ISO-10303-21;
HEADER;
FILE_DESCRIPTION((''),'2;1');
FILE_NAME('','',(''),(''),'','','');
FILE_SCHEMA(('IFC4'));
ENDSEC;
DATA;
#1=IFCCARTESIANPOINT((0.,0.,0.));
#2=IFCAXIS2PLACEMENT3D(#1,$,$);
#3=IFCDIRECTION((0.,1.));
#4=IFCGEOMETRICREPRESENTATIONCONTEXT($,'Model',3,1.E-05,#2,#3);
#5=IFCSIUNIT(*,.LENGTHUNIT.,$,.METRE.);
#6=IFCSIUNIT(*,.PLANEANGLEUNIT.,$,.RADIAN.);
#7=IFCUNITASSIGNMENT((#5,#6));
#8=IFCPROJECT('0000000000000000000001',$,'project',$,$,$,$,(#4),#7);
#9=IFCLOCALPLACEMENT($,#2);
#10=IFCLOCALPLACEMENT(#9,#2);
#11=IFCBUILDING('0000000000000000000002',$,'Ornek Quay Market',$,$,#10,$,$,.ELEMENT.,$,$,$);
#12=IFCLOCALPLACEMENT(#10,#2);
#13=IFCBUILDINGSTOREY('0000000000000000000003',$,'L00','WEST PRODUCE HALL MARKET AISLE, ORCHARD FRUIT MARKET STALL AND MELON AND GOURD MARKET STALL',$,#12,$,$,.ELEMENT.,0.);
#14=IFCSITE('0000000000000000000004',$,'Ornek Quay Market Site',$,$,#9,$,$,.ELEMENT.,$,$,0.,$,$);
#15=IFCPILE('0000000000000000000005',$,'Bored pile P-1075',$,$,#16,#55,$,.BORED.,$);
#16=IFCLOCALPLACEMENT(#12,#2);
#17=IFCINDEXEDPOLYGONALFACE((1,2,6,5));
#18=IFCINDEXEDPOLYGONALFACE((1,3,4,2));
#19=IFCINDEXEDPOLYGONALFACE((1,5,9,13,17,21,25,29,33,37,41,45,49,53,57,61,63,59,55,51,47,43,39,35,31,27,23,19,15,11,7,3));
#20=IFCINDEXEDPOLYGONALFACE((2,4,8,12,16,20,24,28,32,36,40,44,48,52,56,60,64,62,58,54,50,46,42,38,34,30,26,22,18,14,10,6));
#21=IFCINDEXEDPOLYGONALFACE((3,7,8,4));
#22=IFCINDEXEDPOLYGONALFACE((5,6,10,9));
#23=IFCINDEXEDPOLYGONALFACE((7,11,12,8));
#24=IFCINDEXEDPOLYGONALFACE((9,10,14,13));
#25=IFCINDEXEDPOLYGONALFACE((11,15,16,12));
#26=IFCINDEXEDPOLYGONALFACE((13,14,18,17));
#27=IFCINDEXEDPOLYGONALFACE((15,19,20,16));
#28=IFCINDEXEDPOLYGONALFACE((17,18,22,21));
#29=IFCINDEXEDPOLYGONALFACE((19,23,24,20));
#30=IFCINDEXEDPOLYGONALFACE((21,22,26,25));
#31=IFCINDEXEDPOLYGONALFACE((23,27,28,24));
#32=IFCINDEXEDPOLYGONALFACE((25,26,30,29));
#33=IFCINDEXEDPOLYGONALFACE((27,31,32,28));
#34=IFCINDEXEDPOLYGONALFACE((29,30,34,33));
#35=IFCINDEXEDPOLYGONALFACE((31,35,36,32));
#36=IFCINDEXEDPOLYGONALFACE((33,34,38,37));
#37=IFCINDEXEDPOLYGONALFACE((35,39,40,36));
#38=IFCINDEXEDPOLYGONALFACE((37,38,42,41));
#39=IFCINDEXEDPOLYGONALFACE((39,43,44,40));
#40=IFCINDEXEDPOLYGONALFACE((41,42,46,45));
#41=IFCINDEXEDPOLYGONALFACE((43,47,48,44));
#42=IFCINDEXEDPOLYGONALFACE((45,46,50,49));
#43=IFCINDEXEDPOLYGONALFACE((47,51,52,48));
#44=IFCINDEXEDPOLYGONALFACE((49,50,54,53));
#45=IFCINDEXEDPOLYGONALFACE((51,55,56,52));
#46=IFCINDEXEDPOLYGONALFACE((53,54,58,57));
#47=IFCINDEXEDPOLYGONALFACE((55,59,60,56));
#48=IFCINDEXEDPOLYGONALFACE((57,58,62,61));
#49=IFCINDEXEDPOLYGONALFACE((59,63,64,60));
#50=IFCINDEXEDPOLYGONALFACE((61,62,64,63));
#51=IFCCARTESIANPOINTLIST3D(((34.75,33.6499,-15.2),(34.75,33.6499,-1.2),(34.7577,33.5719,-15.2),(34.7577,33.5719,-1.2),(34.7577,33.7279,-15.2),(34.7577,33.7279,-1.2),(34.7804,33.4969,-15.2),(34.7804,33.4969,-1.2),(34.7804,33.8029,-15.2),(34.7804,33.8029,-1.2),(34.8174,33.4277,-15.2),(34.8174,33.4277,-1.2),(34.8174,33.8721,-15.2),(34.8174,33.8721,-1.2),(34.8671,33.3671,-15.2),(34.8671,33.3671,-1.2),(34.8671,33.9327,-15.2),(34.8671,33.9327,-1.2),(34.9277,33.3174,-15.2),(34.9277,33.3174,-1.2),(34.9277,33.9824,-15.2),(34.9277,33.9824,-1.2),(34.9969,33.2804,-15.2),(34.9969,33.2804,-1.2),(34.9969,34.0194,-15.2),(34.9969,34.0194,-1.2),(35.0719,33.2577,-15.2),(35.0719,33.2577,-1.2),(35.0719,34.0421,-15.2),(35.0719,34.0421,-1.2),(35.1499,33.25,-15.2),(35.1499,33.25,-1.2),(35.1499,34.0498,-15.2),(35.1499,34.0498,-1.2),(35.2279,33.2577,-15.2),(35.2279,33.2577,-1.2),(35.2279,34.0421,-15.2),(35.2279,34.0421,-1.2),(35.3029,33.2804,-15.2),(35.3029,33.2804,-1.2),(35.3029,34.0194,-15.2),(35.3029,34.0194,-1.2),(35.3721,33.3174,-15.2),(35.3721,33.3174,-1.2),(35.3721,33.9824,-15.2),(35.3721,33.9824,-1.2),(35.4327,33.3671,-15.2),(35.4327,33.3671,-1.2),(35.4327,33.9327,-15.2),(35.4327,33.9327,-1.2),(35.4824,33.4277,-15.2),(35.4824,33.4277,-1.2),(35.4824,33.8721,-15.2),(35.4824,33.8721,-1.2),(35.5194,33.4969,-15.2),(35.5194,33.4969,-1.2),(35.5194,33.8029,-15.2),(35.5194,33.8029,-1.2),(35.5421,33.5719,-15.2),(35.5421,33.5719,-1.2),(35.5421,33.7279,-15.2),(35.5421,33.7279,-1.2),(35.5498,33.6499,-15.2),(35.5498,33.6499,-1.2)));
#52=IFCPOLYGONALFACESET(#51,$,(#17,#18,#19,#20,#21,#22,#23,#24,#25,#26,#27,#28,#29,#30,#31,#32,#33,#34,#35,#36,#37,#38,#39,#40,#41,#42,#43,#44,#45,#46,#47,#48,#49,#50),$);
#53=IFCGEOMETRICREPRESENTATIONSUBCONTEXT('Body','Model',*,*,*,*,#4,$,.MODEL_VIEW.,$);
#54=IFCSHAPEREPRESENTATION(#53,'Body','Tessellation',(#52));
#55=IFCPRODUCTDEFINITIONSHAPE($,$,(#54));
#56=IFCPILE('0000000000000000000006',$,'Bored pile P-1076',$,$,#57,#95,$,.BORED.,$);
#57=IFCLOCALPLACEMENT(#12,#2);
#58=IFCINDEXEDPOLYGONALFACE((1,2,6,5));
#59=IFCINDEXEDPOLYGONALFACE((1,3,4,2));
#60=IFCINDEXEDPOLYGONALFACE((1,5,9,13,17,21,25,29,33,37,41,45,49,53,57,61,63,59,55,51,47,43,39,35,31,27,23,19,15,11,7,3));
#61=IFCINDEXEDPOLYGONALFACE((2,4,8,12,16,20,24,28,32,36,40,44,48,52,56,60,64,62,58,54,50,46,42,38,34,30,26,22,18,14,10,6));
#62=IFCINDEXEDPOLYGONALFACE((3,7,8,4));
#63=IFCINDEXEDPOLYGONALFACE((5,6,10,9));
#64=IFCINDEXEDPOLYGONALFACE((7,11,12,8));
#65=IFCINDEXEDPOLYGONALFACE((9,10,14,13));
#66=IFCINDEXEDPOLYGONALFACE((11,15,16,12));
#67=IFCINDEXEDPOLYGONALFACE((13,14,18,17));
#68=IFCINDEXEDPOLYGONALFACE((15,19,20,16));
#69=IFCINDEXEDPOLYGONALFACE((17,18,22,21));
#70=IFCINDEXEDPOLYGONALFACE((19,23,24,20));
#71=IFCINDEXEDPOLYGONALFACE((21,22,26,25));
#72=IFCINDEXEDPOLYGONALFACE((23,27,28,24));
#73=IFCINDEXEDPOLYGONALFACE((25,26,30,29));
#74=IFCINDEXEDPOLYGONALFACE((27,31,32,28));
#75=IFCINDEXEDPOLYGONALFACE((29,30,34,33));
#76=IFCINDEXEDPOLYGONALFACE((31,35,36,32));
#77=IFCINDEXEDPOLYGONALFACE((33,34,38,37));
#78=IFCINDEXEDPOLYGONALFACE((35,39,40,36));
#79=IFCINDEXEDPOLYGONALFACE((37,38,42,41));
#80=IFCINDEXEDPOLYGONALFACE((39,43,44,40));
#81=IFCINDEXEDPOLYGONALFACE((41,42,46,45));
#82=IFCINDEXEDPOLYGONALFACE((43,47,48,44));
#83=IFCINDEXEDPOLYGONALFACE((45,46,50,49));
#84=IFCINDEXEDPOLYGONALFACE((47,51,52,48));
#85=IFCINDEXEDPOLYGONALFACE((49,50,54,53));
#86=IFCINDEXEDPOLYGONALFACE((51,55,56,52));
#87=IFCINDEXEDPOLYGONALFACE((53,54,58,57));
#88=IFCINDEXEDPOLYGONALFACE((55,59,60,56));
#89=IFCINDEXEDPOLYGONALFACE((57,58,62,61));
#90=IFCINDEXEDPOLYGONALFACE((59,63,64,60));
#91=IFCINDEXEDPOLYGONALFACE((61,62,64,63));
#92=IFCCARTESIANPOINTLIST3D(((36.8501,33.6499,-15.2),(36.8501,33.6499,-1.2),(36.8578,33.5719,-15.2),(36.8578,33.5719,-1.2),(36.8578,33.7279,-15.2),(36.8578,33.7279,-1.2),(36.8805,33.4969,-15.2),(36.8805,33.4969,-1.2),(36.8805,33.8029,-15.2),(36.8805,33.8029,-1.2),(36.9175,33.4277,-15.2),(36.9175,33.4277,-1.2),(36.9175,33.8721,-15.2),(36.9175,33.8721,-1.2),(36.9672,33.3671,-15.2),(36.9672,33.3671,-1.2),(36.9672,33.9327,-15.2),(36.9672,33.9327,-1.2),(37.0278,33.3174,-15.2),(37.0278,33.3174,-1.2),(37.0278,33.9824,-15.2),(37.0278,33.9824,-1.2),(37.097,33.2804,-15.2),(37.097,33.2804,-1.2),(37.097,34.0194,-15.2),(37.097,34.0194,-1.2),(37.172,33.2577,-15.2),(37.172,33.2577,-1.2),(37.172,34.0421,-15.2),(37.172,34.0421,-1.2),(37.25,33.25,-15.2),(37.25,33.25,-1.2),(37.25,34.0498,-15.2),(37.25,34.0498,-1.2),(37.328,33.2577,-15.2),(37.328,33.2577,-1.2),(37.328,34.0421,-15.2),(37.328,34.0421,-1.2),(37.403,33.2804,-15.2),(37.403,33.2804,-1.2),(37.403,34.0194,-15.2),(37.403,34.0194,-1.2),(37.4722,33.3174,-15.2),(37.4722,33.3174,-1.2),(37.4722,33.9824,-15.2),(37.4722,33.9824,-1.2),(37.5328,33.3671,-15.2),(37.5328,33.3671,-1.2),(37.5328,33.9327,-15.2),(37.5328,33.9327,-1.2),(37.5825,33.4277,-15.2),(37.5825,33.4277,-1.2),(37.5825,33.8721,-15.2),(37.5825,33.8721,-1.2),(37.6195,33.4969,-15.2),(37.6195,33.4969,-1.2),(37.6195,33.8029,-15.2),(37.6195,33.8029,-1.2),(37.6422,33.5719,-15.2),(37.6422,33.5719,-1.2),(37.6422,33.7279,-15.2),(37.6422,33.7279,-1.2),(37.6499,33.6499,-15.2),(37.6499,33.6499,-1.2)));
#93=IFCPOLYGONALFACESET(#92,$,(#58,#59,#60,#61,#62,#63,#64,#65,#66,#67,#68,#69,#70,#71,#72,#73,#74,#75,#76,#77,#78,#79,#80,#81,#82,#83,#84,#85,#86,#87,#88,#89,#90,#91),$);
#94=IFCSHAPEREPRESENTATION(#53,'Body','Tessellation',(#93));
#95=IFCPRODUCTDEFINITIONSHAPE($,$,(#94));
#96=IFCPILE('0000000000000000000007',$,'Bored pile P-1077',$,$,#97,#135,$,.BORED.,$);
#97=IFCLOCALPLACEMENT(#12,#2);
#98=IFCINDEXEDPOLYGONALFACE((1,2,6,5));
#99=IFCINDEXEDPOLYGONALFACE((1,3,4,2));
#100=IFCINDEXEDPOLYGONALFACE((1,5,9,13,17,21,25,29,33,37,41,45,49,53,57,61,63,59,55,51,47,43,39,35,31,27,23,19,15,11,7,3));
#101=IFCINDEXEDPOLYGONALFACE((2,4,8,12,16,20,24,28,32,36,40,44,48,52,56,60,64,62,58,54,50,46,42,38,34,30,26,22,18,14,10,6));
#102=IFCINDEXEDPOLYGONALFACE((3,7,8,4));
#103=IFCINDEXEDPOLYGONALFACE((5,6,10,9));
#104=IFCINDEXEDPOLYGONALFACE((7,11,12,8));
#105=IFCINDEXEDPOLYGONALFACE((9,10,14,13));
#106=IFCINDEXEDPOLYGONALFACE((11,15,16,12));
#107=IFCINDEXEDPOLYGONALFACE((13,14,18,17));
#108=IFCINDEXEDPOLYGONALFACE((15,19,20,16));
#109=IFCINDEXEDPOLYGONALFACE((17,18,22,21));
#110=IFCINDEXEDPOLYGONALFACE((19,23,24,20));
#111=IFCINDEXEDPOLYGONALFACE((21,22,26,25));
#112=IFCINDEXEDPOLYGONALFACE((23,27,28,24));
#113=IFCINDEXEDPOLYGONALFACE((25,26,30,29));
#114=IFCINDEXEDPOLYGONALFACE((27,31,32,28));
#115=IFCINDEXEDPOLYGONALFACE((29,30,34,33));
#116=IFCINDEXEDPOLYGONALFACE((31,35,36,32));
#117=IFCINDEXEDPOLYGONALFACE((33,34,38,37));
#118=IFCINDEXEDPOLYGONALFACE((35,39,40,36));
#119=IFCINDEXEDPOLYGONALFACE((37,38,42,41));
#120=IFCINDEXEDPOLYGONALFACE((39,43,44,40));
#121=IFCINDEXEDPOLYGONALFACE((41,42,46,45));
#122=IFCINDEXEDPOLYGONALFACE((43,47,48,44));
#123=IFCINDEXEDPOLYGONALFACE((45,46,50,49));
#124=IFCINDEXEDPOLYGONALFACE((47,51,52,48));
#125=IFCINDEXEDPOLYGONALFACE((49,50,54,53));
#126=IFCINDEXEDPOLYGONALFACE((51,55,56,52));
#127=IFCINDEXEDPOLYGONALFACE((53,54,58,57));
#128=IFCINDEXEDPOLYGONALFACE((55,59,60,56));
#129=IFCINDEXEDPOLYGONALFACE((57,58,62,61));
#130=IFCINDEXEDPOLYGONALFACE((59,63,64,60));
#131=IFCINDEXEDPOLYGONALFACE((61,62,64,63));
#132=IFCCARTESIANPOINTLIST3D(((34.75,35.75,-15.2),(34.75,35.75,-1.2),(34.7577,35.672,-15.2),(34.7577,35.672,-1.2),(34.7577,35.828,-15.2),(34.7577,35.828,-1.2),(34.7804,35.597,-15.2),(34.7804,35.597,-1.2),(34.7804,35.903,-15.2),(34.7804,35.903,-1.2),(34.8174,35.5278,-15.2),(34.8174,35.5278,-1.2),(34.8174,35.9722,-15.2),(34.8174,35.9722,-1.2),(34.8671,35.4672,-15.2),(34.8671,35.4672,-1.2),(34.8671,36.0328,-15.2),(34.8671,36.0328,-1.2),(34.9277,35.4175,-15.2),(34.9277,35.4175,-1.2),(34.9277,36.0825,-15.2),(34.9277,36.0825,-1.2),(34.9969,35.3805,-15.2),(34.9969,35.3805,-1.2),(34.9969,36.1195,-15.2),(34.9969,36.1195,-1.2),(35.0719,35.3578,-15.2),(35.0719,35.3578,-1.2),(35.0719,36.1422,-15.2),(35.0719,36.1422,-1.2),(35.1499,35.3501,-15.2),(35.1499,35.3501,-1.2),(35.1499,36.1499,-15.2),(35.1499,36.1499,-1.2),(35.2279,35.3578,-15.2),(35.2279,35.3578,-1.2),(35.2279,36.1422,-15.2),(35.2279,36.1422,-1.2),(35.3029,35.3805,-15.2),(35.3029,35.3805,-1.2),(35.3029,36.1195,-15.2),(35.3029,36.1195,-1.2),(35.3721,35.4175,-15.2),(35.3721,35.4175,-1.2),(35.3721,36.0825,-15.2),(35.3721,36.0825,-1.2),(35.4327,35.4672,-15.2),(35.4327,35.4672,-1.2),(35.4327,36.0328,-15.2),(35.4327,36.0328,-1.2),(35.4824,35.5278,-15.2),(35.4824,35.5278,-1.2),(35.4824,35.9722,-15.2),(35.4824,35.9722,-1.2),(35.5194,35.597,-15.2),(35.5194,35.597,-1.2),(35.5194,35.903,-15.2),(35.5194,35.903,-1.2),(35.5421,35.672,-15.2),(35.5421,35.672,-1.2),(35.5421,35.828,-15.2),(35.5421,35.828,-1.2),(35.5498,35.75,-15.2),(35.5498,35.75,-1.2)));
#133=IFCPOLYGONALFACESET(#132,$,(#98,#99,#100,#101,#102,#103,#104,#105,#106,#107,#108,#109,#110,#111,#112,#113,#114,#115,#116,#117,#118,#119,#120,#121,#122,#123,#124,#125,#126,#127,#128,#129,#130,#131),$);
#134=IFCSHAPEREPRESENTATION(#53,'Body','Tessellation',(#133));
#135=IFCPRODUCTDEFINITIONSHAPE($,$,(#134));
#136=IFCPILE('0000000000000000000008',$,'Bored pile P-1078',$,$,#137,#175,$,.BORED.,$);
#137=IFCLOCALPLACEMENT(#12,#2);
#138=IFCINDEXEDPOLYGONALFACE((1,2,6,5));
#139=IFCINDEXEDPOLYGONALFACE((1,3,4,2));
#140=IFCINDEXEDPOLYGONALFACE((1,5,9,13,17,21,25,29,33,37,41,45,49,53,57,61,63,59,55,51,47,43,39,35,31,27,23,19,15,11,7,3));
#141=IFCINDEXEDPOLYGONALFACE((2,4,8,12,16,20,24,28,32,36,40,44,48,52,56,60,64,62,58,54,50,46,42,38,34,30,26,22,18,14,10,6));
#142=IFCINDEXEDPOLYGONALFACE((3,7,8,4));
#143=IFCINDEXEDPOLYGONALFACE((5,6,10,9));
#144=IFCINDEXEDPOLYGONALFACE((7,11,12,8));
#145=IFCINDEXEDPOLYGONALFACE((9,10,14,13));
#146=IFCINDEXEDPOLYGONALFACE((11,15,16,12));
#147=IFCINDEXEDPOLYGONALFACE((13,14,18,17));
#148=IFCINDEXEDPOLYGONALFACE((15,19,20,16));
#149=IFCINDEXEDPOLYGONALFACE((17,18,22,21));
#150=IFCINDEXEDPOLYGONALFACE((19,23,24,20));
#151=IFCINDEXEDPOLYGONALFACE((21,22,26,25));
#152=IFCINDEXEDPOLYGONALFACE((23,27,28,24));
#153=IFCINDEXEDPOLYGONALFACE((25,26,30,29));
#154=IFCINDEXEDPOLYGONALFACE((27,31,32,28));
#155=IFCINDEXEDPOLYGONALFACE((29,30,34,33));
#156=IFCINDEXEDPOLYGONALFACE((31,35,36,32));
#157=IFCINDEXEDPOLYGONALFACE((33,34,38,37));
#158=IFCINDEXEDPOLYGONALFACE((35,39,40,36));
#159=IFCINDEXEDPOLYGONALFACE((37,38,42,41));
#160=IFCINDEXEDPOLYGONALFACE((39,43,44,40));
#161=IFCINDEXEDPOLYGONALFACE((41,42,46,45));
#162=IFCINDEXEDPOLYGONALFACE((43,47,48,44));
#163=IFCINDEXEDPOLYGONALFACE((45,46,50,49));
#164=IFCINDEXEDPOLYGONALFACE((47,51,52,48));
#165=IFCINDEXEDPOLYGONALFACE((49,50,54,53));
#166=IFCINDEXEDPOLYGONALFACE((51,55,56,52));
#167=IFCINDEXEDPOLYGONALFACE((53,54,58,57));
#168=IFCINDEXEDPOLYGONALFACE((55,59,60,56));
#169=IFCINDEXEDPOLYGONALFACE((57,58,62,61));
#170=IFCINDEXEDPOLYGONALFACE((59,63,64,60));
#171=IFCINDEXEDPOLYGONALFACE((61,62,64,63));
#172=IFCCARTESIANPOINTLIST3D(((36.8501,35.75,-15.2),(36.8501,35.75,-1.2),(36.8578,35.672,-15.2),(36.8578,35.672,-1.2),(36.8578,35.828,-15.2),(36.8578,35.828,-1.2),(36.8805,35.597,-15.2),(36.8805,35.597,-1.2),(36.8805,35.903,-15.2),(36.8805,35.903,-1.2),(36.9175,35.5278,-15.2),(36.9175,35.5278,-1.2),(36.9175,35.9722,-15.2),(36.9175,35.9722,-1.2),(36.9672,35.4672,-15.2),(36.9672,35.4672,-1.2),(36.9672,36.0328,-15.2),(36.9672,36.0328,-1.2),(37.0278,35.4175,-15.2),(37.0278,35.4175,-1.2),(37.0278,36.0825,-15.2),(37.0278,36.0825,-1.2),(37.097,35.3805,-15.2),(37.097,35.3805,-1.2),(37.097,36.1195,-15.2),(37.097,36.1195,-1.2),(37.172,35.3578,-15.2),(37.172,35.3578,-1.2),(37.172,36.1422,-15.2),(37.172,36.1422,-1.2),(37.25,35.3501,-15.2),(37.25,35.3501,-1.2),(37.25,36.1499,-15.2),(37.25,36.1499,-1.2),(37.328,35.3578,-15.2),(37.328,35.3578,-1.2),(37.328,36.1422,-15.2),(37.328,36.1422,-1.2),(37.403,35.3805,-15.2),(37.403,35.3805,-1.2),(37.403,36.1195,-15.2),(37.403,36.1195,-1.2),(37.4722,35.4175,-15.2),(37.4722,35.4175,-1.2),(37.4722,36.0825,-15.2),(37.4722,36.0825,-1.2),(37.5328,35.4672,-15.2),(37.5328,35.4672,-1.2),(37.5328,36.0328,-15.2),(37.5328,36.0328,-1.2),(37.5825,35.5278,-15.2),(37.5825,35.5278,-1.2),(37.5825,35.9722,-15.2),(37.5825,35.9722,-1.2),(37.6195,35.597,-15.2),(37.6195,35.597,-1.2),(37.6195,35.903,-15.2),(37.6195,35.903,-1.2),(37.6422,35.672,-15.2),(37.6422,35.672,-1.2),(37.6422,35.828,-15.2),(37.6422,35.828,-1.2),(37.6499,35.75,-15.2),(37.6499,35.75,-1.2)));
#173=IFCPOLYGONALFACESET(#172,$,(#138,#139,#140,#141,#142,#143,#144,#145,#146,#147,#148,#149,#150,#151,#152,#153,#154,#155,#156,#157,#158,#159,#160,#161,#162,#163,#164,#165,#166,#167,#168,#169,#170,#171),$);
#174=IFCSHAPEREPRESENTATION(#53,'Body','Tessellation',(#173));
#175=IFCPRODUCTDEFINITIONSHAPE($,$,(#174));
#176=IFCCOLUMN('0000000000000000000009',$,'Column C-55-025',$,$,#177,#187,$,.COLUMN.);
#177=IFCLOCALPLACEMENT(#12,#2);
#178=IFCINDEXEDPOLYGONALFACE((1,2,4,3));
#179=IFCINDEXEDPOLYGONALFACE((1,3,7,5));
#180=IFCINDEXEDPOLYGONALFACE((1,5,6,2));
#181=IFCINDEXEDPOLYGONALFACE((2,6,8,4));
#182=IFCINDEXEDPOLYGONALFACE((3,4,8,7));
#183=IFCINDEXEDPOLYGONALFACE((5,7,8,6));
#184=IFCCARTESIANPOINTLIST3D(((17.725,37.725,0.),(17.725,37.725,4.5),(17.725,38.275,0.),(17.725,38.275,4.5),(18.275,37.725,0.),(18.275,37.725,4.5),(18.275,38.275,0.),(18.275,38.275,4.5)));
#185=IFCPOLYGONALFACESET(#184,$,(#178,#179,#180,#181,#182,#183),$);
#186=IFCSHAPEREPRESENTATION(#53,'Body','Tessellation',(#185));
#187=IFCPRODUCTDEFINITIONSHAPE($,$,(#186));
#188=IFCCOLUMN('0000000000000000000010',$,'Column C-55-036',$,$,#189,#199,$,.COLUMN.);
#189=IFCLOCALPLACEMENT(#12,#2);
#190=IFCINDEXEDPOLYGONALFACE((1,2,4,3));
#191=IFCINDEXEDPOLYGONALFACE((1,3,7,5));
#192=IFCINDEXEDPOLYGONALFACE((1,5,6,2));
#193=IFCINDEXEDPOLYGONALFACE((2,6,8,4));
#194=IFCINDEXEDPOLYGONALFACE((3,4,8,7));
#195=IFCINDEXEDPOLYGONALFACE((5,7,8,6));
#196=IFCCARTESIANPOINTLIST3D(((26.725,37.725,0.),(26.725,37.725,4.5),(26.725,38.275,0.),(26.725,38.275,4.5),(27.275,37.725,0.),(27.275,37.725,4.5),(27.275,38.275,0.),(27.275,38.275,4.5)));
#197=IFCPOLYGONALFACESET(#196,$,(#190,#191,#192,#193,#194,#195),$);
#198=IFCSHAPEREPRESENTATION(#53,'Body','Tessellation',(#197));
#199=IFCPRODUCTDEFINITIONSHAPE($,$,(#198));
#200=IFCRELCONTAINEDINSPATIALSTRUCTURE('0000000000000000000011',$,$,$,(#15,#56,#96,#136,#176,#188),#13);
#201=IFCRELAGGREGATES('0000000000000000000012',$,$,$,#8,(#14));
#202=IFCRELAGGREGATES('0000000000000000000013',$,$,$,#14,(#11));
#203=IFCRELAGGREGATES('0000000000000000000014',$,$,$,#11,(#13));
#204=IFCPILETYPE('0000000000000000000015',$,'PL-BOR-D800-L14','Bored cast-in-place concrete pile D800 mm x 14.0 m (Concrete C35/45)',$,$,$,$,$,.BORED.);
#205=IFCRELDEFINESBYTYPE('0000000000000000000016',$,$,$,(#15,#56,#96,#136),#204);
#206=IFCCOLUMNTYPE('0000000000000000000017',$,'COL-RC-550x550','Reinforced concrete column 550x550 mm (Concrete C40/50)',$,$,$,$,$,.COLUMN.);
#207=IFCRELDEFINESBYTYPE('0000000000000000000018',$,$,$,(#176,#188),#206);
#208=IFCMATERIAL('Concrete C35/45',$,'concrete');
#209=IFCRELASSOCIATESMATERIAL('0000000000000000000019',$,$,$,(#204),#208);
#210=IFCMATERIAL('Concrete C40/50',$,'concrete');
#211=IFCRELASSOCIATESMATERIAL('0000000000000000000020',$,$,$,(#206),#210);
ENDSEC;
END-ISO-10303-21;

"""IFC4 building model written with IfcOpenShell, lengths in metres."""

from ifc_helpers import new_model, si_unit, direction, frame, origin, origin_2d, place, context, subcontext, project, spatial, rectangle, circle, extrude, material, material_profile, profile_set, type_object, element, save


model = new_model("IFC4")

# Units and contexts
model_context = context("Model", 3, precision=1e-05, world=origin(), true_north=direction((0.0, 1.0)))
body_context = subcontext(model_context, "Body", "Model", "MODEL_VIEW")
ifc_project = project(units=[si_unit("LENGTHUNIT", "METRE"), si_unit("PLANEANGLEUNIT", "RADIAN")], contexts=[model_context])

# Site, building, storey
site_placement = place(None, origin())
site = spatial("IfcSite", under=ifc_project, at=site_placement, Name="Ornek Quay Market Site", CompositionType="ELEMENT", RefElevation=0.0)
building_placement = place(site_placement, origin())
building = spatial("IfcBuilding", under=site, at=building_placement, Name="Ornek Quay Market", CompositionType="ELEMENT")
storey_placement = place(building_placement, origin())
storey = spatial("IfcBuildingStorey", under=building, at=storey_placement, Name="L00", Description="WEST PRODUCE HALL MARKET AISLE, ORCHARD FRUIT MARKET STALL AND MELON AND GOURD MARKET STALL", CompositionType="ELEMENT", Elevation=0.0)

# Piles
ifc_material_1 = material(Name="Concrete C35/45", Category="concrete")
ifc_material_profile_1 = material_profile(ifc_material_1, circle(Radius=0.3999, at=origin_2d()), Name="PILE D800", Category="concrete")
ifc_profile_set_1 = profile_set([ifc_material_profile_1], Name="Concrete C35/45")
pile_type_1 = type_object("IfcPileType", Name="PL-BOR-D800-L14", Description="Bored cast-in-place concrete pile D800 mm x 14.0 m (Concrete C35/45)", PredefinedType="BORED", material=ifc_profile_set_1)
for number, where, z_axis, x_axis, name in (
    (1, (35.1499, 33.6499, -1.2), (0.0, 0.0, -1.0), (1.0, 0.0, 0.0), "Bored pile P-1075"),
    (2, (37.25, 33.6499, -1.2), (0.0, 0.0, -1.0), (1.0, 0.0, 0.0), "Bored pile P-1076"),
    (3, (35.1499, 35.75, -1.2), (0.0, 0.0, -1.0), (1.0, 0.0, 0.0), "Bored pile P-1077"),
    (4, (37.25, 35.75, -1.2), (0.0, 0.0, -1.0), (1.0, 0.0, 0.0), "Bored pile P-1078"),
):
    element("IfcPile", number, at=place(storey_placement, frame(where, z_axis=z_axis, x_axis=x_axis)), inside=storey, type_object=pile_type_1, Name=name, PredefinedType="BORED", context=body_context, shape_type="SweptSolid", body=[
        extrude(circle(Radius=0.3999, at=origin_2d()), origin(), (0.0, 0.0, 1.0), 14.0),
    ])

# Columns
ifc_material_2 = material(Name="Concrete C40/50", Category="concrete")
ifc_material_profile_2 = material_profile(ifc_material_2, rectangle(XDim=0.55, YDim=0.55, at=origin_2d()), Name="RC 550x550", Category="concrete")
ifc_profile_set_2 = profile_set([ifc_material_profile_2], Name="Concrete C40/50")
column_type_1 = type_object("IfcColumnType", Name="COL-RC-550x550", Description="Reinforced concrete column 550x550 mm (Concrete C40/50)", PredefinedType="COLUMN", material=ifc_profile_set_2)
for number, where, z_axis, x_axis, name in (
    (5, (18.0, 38.0, 0.0), (0.0, 0.0, 1.0), (1.0, 0.0, 0.0), "Column C-55-025"),
    (6, (27.0, 38.0, 0.0), (0.0, 0.0, 1.0), (1.0, 0.0, 0.0), "Column C-55-036"),
):
    element("IfcColumn", number, at=place(storey_placement, frame(where, z_axis=z_axis, x_axis=x_axis)), inside=storey, type_object=column_type_1, Name=name, PredefinedType="COLUMN", context=body_context, shape_type="SweptSolid", body=[
        extrude(rectangle(XDim=0.55, YDim=0.55, at=origin_2d()), origin(), (0.0, 0.0, 1.0), 4.5),
    ])

save(model, "model.ifc")
